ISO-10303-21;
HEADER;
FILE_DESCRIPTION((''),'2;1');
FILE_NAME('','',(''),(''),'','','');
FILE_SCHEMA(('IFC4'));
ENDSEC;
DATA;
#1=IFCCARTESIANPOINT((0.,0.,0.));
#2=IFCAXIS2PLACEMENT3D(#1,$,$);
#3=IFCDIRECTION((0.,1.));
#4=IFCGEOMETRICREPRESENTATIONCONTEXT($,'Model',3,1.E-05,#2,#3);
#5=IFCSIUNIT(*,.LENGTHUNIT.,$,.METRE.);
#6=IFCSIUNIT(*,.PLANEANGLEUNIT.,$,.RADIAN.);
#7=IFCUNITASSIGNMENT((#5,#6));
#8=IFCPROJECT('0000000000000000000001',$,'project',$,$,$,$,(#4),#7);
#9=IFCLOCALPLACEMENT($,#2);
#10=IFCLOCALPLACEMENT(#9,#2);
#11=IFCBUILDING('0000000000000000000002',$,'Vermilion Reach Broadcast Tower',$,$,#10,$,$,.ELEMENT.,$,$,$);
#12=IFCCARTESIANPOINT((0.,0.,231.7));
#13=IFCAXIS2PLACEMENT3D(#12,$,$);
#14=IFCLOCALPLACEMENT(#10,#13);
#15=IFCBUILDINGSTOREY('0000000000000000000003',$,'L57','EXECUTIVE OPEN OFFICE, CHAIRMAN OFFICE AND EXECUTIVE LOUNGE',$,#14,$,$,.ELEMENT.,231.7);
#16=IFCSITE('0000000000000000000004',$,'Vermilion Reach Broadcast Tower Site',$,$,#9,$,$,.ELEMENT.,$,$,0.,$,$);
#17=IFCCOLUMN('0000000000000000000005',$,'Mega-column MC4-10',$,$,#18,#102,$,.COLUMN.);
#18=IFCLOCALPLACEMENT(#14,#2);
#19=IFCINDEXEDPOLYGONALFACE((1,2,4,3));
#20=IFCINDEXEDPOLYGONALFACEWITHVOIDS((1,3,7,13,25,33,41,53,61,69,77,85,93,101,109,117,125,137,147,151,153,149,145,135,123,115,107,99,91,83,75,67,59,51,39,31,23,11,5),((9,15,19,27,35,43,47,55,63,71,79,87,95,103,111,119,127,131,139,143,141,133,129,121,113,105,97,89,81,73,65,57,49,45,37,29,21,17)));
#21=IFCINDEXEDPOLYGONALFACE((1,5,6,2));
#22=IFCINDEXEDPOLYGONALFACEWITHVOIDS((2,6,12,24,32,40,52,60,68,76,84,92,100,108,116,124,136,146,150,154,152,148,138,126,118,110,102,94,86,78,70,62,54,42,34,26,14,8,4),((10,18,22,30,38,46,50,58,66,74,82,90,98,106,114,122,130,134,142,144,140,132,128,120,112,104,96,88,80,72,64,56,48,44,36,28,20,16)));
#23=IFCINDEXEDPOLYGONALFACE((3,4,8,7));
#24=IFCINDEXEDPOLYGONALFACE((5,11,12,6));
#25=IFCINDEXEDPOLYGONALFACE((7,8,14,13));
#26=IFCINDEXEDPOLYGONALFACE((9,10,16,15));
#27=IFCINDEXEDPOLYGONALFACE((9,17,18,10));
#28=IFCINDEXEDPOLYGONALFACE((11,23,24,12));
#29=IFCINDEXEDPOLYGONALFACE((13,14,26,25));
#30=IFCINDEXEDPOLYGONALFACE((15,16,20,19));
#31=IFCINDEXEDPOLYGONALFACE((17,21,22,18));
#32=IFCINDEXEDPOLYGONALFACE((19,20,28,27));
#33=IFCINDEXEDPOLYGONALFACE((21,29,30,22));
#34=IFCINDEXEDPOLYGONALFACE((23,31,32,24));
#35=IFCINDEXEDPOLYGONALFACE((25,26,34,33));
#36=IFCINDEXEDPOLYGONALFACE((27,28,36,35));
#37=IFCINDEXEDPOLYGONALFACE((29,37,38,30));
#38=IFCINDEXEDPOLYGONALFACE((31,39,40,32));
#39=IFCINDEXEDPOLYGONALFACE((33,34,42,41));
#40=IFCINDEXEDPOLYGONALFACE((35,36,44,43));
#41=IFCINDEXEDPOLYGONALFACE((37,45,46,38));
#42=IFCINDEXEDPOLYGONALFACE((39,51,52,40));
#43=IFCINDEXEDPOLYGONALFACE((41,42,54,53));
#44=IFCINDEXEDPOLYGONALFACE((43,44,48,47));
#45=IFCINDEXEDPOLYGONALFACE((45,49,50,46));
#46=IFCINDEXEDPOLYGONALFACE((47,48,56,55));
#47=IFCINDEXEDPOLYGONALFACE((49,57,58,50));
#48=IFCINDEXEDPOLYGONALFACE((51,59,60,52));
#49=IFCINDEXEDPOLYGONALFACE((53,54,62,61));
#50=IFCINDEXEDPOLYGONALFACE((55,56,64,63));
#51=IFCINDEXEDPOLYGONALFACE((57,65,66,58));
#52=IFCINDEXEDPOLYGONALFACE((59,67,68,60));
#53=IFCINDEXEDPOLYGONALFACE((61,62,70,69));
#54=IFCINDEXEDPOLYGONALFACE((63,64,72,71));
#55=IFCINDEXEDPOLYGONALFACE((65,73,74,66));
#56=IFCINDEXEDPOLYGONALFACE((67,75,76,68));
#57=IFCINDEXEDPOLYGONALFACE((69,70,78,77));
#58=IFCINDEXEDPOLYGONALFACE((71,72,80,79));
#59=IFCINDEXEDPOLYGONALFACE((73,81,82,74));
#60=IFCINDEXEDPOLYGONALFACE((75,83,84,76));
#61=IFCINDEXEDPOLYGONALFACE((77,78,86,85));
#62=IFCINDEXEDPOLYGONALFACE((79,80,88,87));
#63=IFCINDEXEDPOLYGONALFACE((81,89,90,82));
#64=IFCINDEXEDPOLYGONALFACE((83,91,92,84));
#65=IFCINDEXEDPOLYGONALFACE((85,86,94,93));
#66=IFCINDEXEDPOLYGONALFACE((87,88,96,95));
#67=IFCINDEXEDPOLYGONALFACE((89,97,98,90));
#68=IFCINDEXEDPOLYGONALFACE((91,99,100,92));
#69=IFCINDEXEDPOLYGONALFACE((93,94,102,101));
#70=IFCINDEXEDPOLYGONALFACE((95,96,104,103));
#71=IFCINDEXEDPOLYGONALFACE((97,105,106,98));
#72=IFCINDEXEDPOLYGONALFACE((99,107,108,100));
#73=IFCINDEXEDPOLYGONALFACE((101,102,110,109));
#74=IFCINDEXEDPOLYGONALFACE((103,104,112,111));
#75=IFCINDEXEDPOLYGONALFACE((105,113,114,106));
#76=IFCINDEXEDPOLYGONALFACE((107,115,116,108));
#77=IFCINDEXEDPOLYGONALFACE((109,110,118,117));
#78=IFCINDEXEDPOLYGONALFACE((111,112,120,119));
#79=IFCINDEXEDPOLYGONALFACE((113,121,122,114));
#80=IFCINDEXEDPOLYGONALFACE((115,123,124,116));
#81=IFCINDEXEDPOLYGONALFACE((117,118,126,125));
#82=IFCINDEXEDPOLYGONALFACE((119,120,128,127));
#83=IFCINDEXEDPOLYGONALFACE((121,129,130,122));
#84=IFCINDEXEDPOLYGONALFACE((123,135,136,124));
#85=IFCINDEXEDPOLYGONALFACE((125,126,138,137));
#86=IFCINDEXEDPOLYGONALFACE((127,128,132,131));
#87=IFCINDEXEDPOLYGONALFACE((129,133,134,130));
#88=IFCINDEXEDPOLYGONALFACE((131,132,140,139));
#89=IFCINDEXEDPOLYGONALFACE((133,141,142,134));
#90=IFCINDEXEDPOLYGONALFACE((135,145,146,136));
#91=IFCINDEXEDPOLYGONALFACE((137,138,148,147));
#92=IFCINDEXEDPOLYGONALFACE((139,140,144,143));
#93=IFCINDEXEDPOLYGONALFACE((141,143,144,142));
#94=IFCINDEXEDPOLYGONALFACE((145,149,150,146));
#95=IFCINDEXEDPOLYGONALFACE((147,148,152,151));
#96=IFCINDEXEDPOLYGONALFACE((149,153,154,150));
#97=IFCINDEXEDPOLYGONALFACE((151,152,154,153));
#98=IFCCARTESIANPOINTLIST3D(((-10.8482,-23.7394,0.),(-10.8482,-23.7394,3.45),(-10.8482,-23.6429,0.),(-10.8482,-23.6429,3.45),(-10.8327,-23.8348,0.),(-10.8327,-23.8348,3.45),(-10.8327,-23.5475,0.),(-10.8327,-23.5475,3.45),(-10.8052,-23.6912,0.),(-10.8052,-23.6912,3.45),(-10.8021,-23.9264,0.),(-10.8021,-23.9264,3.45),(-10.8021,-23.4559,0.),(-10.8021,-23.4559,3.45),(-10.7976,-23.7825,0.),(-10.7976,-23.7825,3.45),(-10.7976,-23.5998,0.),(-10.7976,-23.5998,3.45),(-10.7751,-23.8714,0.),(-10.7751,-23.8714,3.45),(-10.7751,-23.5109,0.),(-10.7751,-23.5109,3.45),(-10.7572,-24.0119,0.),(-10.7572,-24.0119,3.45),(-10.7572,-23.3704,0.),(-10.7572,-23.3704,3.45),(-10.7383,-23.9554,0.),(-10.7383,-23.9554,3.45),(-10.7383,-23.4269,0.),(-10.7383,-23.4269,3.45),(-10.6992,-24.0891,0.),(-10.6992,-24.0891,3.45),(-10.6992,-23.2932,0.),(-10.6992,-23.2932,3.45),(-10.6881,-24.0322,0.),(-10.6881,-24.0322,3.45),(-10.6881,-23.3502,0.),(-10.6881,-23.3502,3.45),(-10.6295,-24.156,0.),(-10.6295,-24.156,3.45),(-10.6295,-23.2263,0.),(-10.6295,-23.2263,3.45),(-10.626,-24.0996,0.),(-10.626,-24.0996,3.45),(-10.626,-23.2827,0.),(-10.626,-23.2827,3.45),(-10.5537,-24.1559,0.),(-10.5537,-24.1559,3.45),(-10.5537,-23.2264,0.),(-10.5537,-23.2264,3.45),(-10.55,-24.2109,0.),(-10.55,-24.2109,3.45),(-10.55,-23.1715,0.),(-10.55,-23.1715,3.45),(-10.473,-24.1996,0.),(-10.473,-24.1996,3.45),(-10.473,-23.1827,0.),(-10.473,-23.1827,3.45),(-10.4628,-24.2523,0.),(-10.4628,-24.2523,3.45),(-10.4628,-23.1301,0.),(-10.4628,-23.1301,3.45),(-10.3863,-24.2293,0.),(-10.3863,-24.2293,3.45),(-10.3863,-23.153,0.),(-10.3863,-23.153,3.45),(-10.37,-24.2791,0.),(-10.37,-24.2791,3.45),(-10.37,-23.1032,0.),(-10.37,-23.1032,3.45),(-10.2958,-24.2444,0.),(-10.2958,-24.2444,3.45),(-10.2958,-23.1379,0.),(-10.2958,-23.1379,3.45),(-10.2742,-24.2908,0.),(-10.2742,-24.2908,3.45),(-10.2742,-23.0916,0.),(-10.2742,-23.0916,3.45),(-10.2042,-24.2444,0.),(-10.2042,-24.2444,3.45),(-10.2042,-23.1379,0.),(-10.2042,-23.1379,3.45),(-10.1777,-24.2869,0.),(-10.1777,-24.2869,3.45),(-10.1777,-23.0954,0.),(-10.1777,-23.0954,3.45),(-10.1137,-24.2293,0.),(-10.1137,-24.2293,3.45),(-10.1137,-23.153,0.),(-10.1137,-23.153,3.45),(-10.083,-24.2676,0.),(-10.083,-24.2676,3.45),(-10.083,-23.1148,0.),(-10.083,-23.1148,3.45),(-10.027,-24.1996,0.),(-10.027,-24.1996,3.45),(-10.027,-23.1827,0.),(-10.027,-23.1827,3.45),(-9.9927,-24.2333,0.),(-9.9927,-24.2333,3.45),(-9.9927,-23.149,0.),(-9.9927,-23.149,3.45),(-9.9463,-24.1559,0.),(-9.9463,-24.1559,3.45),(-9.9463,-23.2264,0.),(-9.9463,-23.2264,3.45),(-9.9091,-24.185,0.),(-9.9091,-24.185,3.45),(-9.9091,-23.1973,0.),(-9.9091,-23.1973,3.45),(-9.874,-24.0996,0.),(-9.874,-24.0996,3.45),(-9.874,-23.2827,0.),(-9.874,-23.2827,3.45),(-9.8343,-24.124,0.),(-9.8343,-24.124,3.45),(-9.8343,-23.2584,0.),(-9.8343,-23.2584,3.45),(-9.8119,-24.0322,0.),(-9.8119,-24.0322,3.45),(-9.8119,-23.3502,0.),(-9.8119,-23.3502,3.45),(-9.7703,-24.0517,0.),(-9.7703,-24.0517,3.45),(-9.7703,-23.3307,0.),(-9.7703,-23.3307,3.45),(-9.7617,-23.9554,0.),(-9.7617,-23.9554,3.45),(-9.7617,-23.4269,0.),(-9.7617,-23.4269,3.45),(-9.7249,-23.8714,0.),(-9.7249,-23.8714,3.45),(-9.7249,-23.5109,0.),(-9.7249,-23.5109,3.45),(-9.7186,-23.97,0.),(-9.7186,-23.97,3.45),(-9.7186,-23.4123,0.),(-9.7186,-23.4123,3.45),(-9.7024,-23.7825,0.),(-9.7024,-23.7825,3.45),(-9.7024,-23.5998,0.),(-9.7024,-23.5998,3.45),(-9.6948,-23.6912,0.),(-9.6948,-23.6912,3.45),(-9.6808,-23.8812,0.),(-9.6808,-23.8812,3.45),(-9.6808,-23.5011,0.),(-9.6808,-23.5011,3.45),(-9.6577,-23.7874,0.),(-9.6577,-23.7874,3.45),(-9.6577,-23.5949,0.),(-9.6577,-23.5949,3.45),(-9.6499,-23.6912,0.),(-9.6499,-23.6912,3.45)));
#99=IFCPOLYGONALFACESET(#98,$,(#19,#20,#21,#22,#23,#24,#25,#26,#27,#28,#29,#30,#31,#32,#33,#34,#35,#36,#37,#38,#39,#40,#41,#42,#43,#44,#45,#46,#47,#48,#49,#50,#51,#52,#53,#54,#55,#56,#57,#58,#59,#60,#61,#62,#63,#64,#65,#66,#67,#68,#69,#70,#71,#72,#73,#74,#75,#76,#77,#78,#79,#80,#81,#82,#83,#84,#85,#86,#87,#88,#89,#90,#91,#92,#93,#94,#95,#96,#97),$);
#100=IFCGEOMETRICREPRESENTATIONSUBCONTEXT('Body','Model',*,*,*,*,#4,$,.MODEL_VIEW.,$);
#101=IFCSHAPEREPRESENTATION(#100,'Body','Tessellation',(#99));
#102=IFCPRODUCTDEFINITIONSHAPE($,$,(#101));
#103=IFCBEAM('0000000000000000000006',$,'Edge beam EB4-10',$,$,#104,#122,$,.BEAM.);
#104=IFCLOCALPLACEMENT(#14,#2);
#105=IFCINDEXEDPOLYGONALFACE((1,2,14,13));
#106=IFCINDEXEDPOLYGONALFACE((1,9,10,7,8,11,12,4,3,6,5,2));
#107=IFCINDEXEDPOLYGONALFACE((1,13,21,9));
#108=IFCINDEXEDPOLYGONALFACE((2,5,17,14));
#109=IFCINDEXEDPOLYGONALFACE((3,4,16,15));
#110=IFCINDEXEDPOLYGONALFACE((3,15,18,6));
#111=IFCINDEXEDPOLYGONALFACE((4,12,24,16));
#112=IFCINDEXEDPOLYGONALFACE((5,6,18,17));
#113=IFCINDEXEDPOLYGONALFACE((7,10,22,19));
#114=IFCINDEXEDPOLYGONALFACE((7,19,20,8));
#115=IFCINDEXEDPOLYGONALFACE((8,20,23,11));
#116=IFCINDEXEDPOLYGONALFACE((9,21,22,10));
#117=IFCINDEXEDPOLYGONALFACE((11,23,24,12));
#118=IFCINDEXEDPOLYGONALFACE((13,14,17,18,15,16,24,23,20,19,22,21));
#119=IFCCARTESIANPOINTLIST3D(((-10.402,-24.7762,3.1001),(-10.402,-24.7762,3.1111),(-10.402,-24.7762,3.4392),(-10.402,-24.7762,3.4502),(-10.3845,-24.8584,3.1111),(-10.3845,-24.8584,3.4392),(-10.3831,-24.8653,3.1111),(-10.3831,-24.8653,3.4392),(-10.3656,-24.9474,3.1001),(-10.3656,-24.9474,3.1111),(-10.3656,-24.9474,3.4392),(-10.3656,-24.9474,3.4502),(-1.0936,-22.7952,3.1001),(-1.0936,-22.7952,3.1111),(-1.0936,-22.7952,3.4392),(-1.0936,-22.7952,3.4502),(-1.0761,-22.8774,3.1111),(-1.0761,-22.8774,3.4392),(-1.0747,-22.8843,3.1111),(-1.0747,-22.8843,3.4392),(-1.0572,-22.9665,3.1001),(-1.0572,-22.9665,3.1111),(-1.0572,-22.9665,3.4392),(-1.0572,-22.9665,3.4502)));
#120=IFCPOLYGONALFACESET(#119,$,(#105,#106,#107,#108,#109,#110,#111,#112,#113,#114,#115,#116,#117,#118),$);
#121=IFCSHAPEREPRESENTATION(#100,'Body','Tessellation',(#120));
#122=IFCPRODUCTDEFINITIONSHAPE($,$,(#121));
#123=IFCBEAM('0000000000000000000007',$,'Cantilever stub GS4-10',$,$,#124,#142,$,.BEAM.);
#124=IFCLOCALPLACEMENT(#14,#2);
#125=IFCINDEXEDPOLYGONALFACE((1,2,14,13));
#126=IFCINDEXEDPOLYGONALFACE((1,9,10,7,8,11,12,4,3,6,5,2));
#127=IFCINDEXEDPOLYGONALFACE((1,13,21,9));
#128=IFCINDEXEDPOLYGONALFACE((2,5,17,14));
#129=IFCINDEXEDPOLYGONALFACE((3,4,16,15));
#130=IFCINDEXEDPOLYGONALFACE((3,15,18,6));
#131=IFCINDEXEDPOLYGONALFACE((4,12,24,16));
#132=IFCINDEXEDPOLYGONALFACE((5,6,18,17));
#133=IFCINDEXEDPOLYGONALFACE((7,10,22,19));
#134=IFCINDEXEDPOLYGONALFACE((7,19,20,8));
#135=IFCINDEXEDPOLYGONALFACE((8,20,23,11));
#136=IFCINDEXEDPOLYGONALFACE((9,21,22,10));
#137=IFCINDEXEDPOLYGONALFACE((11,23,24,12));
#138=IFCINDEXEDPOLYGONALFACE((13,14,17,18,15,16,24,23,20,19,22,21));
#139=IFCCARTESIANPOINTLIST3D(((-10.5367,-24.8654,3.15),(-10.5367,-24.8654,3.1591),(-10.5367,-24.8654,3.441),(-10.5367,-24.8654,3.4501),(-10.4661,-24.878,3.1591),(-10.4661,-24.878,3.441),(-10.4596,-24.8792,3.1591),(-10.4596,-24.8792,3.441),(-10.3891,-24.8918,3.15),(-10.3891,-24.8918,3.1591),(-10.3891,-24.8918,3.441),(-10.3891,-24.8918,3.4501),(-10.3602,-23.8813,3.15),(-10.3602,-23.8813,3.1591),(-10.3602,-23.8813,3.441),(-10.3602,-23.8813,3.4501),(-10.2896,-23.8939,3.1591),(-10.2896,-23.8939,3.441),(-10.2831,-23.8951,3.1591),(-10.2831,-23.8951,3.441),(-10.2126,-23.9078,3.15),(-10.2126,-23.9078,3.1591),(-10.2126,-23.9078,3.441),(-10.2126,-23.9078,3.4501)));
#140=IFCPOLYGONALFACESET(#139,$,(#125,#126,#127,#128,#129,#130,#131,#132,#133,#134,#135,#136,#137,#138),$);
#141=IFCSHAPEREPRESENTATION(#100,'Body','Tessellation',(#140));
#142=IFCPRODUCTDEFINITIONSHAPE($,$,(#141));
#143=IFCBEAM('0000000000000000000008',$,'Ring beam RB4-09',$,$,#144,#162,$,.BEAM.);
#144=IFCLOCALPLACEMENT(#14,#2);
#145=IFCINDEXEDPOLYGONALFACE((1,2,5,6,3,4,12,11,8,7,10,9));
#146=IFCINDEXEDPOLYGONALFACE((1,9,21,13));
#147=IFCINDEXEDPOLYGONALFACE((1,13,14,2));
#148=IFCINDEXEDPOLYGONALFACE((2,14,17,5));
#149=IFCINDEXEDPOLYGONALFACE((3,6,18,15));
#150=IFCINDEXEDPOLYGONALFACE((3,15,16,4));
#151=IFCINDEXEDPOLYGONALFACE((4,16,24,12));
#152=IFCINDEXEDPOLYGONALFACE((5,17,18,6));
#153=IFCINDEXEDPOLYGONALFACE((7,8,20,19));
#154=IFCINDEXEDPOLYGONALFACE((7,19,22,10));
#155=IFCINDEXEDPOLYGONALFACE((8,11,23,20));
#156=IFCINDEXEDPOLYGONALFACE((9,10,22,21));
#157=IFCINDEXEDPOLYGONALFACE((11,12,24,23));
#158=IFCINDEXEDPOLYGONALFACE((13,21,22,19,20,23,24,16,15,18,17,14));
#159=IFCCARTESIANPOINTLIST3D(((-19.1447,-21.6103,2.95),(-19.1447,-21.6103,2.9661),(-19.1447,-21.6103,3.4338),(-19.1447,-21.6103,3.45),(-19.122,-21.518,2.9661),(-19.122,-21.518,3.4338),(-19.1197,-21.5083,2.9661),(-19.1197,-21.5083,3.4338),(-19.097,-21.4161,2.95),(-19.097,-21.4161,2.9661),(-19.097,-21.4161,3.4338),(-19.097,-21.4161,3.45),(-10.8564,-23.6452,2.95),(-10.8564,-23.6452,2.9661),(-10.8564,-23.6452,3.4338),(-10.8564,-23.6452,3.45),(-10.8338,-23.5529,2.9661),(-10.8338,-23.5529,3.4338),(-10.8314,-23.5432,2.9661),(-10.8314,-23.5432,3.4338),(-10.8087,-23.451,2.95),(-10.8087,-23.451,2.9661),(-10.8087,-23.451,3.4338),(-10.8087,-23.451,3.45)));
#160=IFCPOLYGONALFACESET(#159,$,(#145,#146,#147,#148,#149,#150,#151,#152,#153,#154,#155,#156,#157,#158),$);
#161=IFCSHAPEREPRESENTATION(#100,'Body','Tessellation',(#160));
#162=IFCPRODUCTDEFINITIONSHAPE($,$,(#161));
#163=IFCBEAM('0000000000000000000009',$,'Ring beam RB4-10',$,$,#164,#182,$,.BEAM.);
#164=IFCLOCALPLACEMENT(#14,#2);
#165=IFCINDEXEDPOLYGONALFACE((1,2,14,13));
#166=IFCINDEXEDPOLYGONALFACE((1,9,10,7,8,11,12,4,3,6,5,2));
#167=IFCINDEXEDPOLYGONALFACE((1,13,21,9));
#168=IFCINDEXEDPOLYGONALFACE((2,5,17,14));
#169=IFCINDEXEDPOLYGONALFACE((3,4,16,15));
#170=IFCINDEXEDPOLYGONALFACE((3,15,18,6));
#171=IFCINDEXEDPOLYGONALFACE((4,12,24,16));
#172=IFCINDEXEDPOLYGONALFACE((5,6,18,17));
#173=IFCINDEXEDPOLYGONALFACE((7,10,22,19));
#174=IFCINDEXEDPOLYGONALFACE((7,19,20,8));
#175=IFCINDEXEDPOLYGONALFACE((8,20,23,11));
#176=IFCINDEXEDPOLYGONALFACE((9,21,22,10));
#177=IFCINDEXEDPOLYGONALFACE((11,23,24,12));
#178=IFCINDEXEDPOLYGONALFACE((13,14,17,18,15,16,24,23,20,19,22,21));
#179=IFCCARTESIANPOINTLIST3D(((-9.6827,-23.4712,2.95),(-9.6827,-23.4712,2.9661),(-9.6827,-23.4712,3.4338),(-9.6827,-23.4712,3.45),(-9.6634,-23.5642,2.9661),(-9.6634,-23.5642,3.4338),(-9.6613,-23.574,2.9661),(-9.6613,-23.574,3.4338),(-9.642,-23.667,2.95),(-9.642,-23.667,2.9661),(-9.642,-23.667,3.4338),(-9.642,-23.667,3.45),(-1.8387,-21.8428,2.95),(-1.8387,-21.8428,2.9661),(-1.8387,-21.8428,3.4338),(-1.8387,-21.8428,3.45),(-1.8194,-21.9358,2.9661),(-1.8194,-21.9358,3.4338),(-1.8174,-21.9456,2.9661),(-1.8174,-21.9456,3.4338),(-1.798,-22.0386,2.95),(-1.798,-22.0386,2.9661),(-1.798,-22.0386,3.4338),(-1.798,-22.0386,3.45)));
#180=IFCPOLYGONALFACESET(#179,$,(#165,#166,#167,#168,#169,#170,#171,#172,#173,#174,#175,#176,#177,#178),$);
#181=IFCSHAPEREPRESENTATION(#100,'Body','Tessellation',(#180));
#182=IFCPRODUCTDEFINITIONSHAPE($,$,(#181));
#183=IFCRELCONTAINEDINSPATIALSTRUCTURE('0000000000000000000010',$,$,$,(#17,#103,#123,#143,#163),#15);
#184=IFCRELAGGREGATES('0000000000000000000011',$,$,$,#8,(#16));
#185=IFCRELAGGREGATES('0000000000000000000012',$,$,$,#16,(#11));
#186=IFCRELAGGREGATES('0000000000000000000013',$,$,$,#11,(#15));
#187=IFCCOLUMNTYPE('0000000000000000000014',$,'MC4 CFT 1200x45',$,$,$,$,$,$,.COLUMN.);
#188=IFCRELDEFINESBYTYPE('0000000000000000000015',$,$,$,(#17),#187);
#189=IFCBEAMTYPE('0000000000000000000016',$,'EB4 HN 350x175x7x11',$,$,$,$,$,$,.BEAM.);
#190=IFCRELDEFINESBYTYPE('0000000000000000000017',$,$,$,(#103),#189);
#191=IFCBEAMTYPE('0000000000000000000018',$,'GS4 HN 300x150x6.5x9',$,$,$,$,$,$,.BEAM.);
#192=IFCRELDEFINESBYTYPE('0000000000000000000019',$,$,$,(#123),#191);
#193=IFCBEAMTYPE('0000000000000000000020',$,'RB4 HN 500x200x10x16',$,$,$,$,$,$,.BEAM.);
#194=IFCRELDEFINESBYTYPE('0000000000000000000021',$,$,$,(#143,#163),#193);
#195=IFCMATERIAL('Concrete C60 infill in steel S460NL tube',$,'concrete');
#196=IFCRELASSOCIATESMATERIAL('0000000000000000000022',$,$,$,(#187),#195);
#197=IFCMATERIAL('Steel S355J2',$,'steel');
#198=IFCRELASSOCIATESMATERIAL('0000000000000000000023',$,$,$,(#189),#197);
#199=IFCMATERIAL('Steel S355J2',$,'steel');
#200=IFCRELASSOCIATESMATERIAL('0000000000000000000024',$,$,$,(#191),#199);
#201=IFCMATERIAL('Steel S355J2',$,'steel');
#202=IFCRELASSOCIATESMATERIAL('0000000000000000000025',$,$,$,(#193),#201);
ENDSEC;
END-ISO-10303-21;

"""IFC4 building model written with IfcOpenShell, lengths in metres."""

from ifc_helpers import new_model, si_unit, direction, frame, origin, origin_2d, place, context, subcontext, project, spatial, hollow_circle, i_section, extrude, material, material_profile, profile_set, type_object, element, save


model = new_model("IFC4")

# Units and contexts
model_context = context("Model", 3, precision=1e-05, world=origin(), true_north=direction((0.0, 1.0)))
body_context = subcontext(model_context, "Body", "Model", "MODEL_VIEW")
ifc_project = project(units=[si_unit("LENGTHUNIT", "METRE"), si_unit("PLANEANGLEUNIT", "RADIAN")], contexts=[model_context])

# Site, building, storey
site_placement = place(None, origin())
site = spatial("IfcSite", under=ifc_project, at=site_placement, Name="Vermilion Reach Broadcast Tower Site", CompositionType="ELEMENT", RefElevation=0.0)
building_placement = place(site_placement, origin())
building = spatial("IfcBuilding", under=site, at=building_placement, Name="Vermilion Reach Broadcast Tower", CompositionType="ELEMENT")
storey_placement = place(building_placement, frame((0.0, 0.0, 231.7)))
storey = spatial("IfcBuildingStorey", under=building, at=storey_placement, Name="L57", Description="EXECUTIVE OPEN OFFICE, CHAIRMAN OFFICE AND EXECUTIVE LOUNGE", CompositionType="ELEMENT", Elevation=231.7)

# Column
ifc_material_1 = material(Name="Concrete C60 infill in steel S460NL tube", Category="concrete")
ifc_material_profile_1 = material_profile(ifc_material_1, hollow_circle(Radius=0.6001, WallThickness=0.0449, at=origin_2d()), Name="Concrete C60 infill in steel S460NL tube CFT 1200x45")
ifc_profile_set_1 = profile_set([ifc_material_profile_1], Name="Concrete C60 infill in steel S460NL tube")
column_type = type_object("IfcColumnType", Name="MC4 CFT 1200x45", PredefinedType="COLUMN", material=ifc_profile_set_1)
column_placement = place(storey_placement, frame((-10.25, -23.6912, 0.0), z_axis=(0.0, 0.0, 1.0), x_axis=(1.0, 0.0, 0.0)))
element("IfcColumn", 1, at=column_placement, inside=storey, type_object=column_type, Name="Mega-column MC4-10", PredefinedType="COLUMN", context=body_context, shape_type="SweptSolid", body=[
    extrude(hollow_circle(Radius=0.6001, WallThickness=0.0449, at=origin_2d()), origin(), (0.0, 0.0, 1.0), 3.45),
])

# Beams
ifc_material_2 = material(Name="Steel S355J2", Category="steel")
ifc_material_profile_2 = material_profile(ifc_material_2, i_section(OverallWidth=0.175, OverallDepth=0.3501, WebThickness=0.0071, FlangeThickness=0.011, at=origin_2d()), Name="S355J2 HN 350x175x7x11")
ifc_profile_set_2 = profile_set([ifc_material_profile_2], Name="Steel S355J2")
beam_type_1 = type_object("IfcBeamType", Name="EB4 HN 350x175x7x11", PredefinedType="BEAM", material=ifc_profile_set_2)
beam_1_placement = place(storey_placement, frame((-10.3838, -24.8618, 3.2751), z_axis=(0.978096, 0.208154, 0.0), x_axis=(-0.208154, 0.978096, 0.0)))
element("IfcBeam", 2, at=beam_1_placement, inside=storey, type_object=beam_type_1, Name="Edge beam EB4-10", PredefinedType="BEAM", context=body_context, shape_type="SweptSolid", body=[
    extrude(i_section(OverallWidth=0.175, OverallDepth=0.3501, WebThickness=0.0071, FlangeThickness=0.011, at=origin_2d()), origin(), (0.0, 0.0, 1.0), 9.5168),
])
ifc_material_3 = material(Name="Steel S355J2", Category="steel")
ifc_material_profile_3 = material_profile(ifc_material_3, i_section(OverallWidth=0.1499, OverallDepth=0.3, WebThickness=0.0066, FlangeThickness=0.009, at=origin_2d()), Name="S355J2 HN 300x150x6.5x9")
ifc_profile_set_3 = profile_set([ifc_material_profile_3], Name="Steel S355J2")
beam_type_2 = type_object("IfcBeamType", Name="GS4 HN 300x150x6.5x9", PredefinedType="BEAM", material=ifc_profile_set_3)
beam_2_placement = place(storey_placement, frame((-10.2864, -23.8945, 3.3), z_axis=(-0.176543, -0.984293, 0.0), x_axis=(0.984293, -0.176543, 0.0)))
element("IfcBeam", 3, at=beam_2_placement, inside=storey, type_object=beam_type_2, Name="Cantilever stub GS4-10", PredefinedType="BEAM", context=body_context, shape_type="SweptSolid", body=[
    extrude(i_section(OverallWidth=0.1499, OverallDepth=0.3, WebThickness=0.0066, FlangeThickness=0.009, at=origin_2d()), origin(), (0.0, 0.0, 1.0), 0.9998),
])
ifc_material_4 = material(Name="Steel S355J2", Category="steel")
ifc_material_profile_4 = material_profile(ifc_material_4, i_section(OverallWidth=0.2, OverallDepth=0.5, WebThickness=0.01, FlangeThickness=0.0161, at=origin_2d()), Name="S355J2 HN 500x200x10x16")
ifc_profile_set_4 = profile_set([ifc_material_profile_4], Name="Steel S355J2")
beam_type_3 = type_object("IfcBeamType", Name="RB4 HN 500x200x10x16", PredefinedType="BEAM", material=ifc_profile_set_4)
beam_3_placement = place(storey_placement, frame((-19.1208, -21.5132, 3.2), z_axis=(0.971159, -0.238434, 0.0), x_axis=(0.238434, 0.971159, 0.0)))
element("IfcBeam", 4, at=beam_3_placement, inside=storey, type_object=beam_type_3, Name="Ring beam RB4-09", PredefinedType="BEAM", context=body_context, shape_type="SweptSolid", body=[
    extrude(i_section(OverallWidth=0.2, OverallDepth=0.5, WebThickness=0.01, FlangeThickness=0.0161, at=origin_2d()), origin(), (0.0, 0.0, 1.0), 8.5344),
])
beam_4_placement = place(storey_placement, frame((-9.6624, -23.5691, 3.2), z_axis=(0.979123, 0.203267, 0.0), x_axis=(-0.203267, 0.979123, 0.0)))
element("IfcBeam", 5, at=beam_4_placement, inside=storey, type_object=beam_type_3, Name="Ring beam RB4-10", PredefinedType="BEAM", context=body_context, shape_type="SweptSolid", body=[
    extrude(i_section(OverallWidth=0.2, OverallDepth=0.5, WebThickness=0.01, FlangeThickness=0.0161, at=origin_2d()), origin(), (0.0, 0.0, 1.0), 8.0112),
])

save(model, "model.ifc")
